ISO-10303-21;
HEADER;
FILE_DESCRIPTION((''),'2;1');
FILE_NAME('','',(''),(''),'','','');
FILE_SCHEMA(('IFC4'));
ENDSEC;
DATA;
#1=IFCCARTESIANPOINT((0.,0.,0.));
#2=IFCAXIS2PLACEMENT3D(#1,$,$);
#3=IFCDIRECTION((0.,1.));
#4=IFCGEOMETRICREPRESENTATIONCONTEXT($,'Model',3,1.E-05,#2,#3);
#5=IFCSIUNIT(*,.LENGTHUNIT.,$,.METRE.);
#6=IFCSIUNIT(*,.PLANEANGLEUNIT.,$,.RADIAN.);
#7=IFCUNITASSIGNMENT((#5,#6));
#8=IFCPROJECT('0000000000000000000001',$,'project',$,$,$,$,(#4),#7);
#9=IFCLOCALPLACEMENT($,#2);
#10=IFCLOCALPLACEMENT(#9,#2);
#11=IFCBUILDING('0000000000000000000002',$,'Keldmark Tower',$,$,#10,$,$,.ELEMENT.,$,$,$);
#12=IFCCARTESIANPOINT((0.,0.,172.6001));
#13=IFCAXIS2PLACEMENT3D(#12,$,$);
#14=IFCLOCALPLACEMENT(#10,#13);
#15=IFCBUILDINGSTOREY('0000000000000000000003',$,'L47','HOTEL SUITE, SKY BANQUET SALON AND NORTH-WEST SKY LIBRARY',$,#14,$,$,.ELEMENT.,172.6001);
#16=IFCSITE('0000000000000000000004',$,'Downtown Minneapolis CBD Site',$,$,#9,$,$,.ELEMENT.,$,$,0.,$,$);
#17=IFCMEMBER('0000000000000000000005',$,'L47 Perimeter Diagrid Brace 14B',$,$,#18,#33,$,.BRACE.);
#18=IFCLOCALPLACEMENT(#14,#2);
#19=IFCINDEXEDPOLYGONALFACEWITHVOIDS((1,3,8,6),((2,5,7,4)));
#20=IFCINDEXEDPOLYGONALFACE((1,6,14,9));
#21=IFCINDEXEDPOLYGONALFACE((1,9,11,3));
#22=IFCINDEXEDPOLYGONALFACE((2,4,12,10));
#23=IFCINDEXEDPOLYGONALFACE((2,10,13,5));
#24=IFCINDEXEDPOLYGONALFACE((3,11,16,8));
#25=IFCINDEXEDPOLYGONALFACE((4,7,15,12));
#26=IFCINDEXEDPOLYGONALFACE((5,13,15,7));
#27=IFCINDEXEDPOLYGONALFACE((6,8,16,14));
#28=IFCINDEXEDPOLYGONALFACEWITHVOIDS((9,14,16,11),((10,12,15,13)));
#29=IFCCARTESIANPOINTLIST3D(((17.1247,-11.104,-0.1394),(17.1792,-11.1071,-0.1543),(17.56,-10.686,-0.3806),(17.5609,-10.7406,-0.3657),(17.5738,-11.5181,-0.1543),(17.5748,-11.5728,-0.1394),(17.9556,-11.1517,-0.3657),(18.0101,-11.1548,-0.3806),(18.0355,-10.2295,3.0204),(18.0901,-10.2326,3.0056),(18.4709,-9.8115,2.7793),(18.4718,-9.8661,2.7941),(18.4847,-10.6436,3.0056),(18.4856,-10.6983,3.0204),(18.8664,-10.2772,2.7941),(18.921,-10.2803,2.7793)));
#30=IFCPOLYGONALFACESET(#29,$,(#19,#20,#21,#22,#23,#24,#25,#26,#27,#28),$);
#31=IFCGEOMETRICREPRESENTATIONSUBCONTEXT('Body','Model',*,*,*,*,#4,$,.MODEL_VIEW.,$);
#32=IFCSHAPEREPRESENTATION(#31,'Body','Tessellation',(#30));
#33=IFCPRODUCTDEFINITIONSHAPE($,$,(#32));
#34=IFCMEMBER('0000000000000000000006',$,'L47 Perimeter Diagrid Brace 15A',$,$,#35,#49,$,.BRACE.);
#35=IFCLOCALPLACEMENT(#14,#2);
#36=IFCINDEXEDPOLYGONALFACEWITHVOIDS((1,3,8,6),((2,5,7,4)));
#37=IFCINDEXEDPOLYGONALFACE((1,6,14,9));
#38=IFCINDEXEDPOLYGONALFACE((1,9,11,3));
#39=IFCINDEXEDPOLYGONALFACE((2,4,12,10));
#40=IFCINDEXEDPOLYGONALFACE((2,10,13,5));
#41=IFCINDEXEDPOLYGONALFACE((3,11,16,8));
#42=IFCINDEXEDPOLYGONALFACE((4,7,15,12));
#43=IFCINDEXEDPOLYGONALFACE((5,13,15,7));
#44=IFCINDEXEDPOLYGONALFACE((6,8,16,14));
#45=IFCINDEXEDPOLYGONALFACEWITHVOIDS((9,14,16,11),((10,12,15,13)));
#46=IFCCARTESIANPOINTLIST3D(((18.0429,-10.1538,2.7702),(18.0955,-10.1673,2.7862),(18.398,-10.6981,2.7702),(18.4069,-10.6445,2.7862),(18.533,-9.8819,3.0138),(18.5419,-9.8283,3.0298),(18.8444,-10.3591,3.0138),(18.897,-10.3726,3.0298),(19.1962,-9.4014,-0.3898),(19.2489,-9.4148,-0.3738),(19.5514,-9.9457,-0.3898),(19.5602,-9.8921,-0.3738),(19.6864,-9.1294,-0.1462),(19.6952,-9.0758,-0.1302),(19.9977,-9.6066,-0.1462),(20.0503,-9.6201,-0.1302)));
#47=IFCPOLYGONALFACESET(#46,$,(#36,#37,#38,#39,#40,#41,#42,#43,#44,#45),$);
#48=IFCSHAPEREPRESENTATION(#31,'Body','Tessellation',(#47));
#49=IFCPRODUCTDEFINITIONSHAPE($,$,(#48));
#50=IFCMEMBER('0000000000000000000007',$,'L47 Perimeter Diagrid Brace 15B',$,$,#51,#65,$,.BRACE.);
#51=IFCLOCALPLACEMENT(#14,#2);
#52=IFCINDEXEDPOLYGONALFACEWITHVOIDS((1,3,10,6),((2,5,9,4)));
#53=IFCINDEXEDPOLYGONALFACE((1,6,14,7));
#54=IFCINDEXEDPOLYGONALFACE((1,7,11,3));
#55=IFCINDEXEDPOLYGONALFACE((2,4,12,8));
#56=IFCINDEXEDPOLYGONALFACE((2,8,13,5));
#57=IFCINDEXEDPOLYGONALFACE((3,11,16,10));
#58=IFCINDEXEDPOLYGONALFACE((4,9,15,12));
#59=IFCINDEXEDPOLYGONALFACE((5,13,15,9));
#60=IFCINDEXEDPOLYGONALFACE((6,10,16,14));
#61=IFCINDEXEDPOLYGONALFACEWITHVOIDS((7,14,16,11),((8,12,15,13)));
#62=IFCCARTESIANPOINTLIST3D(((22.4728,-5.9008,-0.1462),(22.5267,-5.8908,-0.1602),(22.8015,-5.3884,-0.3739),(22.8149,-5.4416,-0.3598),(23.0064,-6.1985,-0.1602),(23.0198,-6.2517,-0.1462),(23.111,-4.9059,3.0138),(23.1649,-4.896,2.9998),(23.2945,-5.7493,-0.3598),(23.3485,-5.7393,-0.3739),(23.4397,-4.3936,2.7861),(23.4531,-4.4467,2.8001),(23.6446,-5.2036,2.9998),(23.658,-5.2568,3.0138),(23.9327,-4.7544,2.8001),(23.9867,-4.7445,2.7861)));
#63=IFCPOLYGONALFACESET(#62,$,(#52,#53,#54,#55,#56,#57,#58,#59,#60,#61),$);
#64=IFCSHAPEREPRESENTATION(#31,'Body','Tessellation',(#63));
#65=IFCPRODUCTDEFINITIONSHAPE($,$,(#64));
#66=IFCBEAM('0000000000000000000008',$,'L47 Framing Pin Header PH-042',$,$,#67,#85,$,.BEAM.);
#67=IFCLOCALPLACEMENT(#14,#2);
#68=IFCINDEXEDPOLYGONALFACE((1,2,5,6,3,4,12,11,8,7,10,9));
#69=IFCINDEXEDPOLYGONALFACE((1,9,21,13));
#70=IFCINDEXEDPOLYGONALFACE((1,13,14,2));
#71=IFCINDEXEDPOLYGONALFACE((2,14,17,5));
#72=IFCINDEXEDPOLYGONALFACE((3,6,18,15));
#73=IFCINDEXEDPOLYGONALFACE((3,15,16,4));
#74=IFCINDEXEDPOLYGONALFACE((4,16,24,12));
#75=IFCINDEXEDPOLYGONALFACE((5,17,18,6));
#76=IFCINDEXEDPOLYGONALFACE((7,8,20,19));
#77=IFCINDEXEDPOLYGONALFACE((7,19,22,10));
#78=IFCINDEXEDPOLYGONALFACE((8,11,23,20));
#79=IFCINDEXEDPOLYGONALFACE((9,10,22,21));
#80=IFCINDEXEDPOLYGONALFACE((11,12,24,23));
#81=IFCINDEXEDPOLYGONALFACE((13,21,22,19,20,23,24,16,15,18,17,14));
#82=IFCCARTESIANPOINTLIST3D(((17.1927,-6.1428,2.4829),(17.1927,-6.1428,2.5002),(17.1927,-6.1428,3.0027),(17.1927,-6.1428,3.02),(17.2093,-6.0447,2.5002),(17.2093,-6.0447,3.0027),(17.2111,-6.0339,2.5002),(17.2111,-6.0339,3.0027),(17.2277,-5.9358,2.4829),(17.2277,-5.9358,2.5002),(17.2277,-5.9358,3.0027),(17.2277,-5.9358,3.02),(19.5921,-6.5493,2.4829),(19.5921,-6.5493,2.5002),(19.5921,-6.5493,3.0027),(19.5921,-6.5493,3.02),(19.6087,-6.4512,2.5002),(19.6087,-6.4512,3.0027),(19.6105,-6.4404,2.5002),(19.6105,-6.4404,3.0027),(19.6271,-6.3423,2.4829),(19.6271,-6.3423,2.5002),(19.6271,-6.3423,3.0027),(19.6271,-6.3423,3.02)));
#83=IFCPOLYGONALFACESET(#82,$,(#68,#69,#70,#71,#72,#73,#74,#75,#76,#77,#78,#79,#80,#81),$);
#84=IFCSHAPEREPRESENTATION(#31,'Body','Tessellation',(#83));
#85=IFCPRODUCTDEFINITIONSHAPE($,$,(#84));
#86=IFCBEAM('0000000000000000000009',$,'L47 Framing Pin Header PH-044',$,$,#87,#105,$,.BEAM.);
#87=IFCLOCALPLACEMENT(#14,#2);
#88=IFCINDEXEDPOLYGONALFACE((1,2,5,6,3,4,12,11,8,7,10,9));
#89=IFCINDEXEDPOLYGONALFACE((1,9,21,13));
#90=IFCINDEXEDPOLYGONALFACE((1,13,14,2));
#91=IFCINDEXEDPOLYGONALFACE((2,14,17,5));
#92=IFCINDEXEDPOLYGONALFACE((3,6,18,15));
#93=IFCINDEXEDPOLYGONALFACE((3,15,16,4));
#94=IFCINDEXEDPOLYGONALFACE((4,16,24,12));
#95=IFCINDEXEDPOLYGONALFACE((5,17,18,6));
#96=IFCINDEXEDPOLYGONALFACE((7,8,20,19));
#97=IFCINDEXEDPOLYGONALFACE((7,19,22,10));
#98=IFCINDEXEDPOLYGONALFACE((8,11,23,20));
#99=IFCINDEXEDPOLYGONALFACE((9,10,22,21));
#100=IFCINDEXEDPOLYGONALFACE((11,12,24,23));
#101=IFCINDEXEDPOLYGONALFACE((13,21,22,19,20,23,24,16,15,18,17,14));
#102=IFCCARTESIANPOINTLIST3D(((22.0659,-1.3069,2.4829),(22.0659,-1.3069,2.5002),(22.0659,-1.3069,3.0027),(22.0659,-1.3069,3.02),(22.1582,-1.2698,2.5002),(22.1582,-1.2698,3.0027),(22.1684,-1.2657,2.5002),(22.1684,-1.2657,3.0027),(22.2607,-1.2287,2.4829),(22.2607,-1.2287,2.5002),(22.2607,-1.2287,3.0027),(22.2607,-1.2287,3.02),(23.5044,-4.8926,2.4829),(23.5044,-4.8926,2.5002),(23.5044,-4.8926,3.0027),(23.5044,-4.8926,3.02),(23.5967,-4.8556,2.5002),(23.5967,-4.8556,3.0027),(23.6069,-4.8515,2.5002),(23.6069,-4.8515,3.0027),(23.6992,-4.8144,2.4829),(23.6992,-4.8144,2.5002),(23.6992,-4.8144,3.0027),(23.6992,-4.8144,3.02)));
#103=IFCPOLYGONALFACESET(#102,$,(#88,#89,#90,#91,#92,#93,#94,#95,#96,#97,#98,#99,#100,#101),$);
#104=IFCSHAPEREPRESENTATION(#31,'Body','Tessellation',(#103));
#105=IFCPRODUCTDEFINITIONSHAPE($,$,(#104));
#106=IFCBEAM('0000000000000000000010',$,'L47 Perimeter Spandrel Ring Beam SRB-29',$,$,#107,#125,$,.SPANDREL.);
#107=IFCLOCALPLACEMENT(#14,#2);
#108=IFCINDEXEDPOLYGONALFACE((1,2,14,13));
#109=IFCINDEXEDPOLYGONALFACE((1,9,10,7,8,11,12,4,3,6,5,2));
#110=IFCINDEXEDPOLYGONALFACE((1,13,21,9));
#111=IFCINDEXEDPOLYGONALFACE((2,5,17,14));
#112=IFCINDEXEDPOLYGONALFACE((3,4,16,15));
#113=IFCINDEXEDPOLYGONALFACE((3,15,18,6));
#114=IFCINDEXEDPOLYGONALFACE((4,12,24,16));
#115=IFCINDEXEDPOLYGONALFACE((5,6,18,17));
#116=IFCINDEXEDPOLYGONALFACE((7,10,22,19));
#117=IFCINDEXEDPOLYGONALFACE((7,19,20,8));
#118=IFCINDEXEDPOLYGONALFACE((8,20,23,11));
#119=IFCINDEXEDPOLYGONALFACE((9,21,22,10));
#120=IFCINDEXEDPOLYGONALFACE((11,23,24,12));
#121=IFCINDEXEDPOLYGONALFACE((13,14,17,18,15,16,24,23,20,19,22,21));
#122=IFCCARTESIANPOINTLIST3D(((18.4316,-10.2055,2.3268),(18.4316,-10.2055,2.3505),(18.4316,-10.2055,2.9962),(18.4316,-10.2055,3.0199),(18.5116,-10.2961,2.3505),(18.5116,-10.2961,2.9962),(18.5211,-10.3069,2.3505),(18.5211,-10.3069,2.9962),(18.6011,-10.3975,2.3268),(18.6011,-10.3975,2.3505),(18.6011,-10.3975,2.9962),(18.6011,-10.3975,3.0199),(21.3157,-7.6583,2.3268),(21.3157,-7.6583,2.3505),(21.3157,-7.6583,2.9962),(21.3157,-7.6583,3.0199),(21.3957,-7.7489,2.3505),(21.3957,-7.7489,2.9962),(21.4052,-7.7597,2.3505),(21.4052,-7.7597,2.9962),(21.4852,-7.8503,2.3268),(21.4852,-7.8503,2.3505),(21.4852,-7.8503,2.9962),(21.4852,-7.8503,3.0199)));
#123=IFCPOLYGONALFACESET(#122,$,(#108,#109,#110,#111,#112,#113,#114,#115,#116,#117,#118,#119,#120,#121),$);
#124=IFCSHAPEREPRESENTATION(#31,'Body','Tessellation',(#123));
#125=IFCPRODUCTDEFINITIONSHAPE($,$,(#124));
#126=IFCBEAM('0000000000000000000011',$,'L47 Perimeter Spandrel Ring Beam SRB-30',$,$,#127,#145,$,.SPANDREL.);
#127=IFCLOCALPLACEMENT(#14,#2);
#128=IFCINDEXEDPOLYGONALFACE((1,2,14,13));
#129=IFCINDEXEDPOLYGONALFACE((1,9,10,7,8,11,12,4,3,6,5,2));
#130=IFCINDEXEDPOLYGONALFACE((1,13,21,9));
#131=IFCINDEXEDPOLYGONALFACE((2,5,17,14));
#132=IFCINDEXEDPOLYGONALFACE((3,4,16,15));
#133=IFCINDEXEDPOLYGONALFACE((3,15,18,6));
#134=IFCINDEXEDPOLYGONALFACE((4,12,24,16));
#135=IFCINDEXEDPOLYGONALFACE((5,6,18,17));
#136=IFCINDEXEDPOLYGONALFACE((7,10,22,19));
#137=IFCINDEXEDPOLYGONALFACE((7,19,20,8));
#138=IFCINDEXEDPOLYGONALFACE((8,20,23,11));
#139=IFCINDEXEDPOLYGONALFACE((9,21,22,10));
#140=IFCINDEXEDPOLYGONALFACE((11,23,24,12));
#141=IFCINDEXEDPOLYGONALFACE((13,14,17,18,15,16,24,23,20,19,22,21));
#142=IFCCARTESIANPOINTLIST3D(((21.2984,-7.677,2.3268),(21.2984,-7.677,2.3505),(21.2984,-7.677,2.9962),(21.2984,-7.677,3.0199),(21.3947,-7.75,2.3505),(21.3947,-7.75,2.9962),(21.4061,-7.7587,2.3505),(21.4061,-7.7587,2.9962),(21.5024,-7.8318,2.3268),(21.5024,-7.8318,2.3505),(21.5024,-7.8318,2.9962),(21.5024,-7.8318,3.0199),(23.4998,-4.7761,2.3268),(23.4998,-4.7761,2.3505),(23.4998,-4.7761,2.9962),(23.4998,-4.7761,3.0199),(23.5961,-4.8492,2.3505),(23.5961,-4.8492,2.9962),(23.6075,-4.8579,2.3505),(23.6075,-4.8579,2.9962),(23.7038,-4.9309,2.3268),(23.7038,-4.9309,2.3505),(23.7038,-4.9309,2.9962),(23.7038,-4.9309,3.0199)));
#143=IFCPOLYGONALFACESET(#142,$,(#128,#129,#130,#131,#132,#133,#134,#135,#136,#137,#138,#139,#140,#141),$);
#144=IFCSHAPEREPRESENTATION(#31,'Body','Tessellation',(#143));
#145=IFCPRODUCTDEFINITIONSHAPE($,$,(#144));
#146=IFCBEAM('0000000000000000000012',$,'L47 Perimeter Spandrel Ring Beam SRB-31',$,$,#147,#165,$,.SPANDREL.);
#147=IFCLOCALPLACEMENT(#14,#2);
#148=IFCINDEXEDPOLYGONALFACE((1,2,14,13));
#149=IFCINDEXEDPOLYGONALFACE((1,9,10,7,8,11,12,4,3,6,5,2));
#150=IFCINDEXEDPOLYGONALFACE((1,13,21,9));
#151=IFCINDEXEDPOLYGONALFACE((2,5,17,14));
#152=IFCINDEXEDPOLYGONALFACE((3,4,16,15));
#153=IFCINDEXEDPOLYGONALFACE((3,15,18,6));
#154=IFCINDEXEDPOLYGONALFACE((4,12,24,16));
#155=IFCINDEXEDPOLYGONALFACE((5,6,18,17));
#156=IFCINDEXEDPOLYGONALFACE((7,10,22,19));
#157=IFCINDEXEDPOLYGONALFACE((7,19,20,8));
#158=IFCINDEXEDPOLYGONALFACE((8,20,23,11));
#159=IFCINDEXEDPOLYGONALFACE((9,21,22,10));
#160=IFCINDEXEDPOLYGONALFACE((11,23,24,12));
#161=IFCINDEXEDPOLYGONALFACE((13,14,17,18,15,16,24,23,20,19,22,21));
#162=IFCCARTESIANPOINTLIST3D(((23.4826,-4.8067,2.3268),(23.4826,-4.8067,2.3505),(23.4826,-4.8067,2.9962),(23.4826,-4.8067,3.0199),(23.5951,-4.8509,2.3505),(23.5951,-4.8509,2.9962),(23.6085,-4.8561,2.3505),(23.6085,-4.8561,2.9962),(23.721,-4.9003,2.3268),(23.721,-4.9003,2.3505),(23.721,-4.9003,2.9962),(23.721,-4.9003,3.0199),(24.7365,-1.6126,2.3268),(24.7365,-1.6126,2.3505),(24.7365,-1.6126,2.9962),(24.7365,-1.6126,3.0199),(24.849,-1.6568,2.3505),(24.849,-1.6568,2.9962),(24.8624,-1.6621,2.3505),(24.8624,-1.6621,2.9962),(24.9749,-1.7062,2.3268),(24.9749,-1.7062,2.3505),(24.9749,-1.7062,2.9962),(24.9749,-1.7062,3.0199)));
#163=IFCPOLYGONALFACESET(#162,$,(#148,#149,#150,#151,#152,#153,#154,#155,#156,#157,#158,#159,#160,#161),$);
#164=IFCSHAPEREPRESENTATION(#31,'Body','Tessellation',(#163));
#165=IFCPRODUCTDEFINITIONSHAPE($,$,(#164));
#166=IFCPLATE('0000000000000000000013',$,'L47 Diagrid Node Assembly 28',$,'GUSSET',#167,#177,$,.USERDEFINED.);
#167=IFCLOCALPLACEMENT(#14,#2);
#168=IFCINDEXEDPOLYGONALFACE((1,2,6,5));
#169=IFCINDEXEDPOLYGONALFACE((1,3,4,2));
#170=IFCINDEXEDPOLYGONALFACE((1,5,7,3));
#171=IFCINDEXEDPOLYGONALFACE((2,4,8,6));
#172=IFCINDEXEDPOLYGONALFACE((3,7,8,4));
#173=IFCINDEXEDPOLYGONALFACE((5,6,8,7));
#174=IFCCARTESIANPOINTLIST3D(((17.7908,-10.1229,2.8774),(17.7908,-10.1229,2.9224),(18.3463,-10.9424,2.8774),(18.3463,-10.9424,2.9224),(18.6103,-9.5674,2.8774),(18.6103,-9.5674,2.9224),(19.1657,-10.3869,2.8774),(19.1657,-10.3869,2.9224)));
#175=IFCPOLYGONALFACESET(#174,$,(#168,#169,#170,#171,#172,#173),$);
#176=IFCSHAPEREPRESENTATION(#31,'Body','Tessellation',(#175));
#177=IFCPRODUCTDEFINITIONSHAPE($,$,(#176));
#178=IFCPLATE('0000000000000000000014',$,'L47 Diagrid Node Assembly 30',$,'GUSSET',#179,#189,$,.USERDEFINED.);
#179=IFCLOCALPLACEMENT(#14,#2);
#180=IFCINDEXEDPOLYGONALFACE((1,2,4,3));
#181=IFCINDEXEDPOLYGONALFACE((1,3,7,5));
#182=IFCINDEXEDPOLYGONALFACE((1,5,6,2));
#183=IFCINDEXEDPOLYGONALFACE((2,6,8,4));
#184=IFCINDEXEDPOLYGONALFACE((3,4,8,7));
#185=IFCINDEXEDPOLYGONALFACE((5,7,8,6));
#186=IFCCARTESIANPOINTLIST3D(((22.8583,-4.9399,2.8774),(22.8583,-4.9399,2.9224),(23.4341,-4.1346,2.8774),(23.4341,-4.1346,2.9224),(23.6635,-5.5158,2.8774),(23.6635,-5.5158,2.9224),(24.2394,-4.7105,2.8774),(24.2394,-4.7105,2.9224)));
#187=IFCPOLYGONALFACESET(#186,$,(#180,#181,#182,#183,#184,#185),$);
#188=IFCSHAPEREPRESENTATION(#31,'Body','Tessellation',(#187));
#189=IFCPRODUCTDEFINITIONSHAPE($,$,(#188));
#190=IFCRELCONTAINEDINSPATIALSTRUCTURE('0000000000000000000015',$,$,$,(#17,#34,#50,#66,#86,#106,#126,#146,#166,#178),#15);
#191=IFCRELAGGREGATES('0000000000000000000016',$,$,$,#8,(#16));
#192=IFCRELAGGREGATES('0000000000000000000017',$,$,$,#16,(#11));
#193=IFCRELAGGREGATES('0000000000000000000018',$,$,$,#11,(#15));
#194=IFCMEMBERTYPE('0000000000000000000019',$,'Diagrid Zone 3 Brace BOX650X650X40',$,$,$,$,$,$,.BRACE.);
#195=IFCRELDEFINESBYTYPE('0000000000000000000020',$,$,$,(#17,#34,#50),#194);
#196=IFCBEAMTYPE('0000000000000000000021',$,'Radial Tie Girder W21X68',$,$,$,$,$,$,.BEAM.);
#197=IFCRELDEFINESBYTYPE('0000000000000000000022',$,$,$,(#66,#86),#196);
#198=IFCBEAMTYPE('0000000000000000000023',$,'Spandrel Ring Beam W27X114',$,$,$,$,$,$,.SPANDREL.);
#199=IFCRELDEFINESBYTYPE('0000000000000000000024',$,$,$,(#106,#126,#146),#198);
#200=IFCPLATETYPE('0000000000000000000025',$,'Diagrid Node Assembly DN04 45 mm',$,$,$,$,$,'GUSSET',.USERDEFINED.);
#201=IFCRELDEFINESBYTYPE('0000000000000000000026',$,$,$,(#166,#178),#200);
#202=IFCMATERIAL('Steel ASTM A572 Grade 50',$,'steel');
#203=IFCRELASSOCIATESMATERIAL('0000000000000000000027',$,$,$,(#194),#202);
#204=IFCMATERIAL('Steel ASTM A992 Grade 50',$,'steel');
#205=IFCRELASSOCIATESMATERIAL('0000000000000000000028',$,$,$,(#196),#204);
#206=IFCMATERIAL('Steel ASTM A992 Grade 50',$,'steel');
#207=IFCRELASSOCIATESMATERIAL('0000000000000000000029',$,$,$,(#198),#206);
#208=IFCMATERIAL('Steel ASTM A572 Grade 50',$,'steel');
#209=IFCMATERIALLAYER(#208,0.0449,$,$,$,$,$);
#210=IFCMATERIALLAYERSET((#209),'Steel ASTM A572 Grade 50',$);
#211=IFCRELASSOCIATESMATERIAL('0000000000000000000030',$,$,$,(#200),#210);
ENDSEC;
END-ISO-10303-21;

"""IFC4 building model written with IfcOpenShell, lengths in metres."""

from ifc_helpers import new_model, si_unit, direction, frame, origin, origin_2d, place, context, subcontext, project, spatial, rectangle, hollow_rectangle, i_section, extrude, material, layer, layer_set, material_profile, profile_set, type_object, element, save


model = new_model("IFC4")

# Units and contexts
model_context = context("Model", 3, precision=1e-05, world=origin(), true_north=direction((0.0, 1.0)))
body_context = subcontext(model_context, "Body", "Model", "MODEL_VIEW")
ifc_project = project(units=[si_unit("LENGTHUNIT", "METRE"), si_unit("PLANEANGLEUNIT", "RADIAN")], contexts=[model_context])

# Site, building, storey
site_placement = place(None, origin())
site = spatial("IfcSite", under=ifc_project, at=site_placement, Name="Downtown Minneapolis CBD Site", CompositionType="ELEMENT", RefElevation=0.0)
building_placement = place(site_placement, origin())
building = spatial("IfcBuilding", under=site, at=building_placement, Name="Keldmark Tower", CompositionType="ELEMENT")
storey_placement = place(building_placement, frame((0.0, 0.0, 172.6001)))
storey = spatial("IfcBuildingStorey", under=building, at=storey_placement, Name="L47", Description="HOTEL SUITE, SKY BANQUET SALON AND NORTH-WEST SKY LIBRARY", CompositionType="ELEMENT", Elevation=172.6001)

# Members
ifc_material_1 = material(Name="Steel ASTM A572 Grade 50", Category="steel")
ifc_material_profile_1 = material_profile(ifc_material_1, hollow_rectangle(XDim=0.6499, YDim=0.6499, WallThickness=0.04, at=origin_2d()), Name="BOX650X650X40")
ifc_profile_set_1 = profile_set([ifc_material_profile_1], Name="Steel ASTM A572 Grade 50")
member_type = type_object("IfcMemberType", Name="Diagrid Zone 3 Brace BOX650X650X40", PredefinedType="BRACE", material=ifc_profile_set_1)
member_1_placement = place(storey_placement, frame((17.5674, -11.1294, -0.26), z_axis=(0.267682, 0.256992, 0.928602), x_axis=(-0.692556, 0.721364, 0.0)))
element("IfcMember", 1, at=member_1_placement, inside=storey, type_object=member_type, Name="L47 Perimeter Diagrid Brace 14B", PredefinedType="BRACE", context=body_context, shape_type="SweptSolid", body=[
    extrude(hollow_rectangle(XDim=0.6499, YDim=0.6499, WallThickness=0.04, at=origin_2d()), origin(), (0.0, 0.0, 1.0), 3.4028),
])
member_2_placement = place(storey_placement, frame((19.6233, -9.5107, -0.26), z_axis=(-0.334593, -0.218293, 0.916731), x_axis=(0.546408, -0.837519, 0.0)))
element("IfcMember", 2, at=member_2_placement, inside=storey, type_object=member_type, Name="L47 Perimeter Diagrid Brace 15A", PredefinedType="BRACE", context=body_context, shape_type="SweptSolid", body=[
    extrude(hollow_rectangle(XDim=0.6499, YDim=0.6499, WallThickness=0.04, at=origin_2d()), origin(), (0.0, 0.0, 1.0), 3.447),
])
member_3_placement = place(storey_placement, frame((22.9106, -5.8201, -0.26), z_axis=(0.189162, 0.294888, 0.936621), x_axis=(-0.841708, 0.539933, 0.0)))
element("IfcMember", 3, at=member_3_placement, inside=storey, type_object=member_type, Name="L47 Perimeter Diagrid Brace 15B", PredefinedType="BRACE", context=body_context, shape_type="SweptSolid", body=[
    extrude(hollow_rectangle(XDim=0.6499, YDim=0.6499, WallThickness=0.04, at=origin_2d()), origin(), (0.0, 0.0, 1.0), 3.3738),
])

# Beams
ifc_material_2 = material(Name="Steel ASTM A992 Grade 50", Category="steel")
ifc_material_profile_2 = material_profile(ifc_material_2, i_section(OverallWidth=0.21, OverallDepth=0.5371, WebThickness=0.011, FlangeThickness=0.0173, at=origin_2d()), Name="W21X68")
ifc_profile_set_2 = profile_set([ifc_material_profile_2], Name="Steel ASTM A992 Grade 50")
beam_type_1 = type_object("IfcBeamType", Name="Radial Tie Girder W21X68", PredefinedType="BEAM", material=ifc_profile_set_2)
beam_1_placement = place(storey_placement, frame((17.2102, -6.0393, 2.7515), z_axis=(0.985951, -0.167034, 0.0), x_axis=(0.167034, 0.985951, 0.0)))
element("IfcBeam", 4, at=beam_1_placement, inside=storey, type_object=beam_type_1, Name="L47 Framing Pin Header PH-042", PredefinedType="BEAM", context=body_context, shape_type="SweptSolid", body=[
    extrude(i_section(OverallWidth=0.21, OverallDepth=0.5371, WebThickness=0.011, FlangeThickness=0.0173, at=origin_2d()), origin(), (0.0, 0.0, 1.0), 2.4336),
])
beam_2_placement = place(storey_placement, frame((23.6018, -4.8535, 2.7515), z_axis=(-0.372327, 0.928101, 0.0), x_axis=(-0.928101, -0.372327, 0.0)))
element("IfcBeam", 5, at=beam_2_placement, inside=storey, type_object=beam_type_1, Name="L47 Framing Pin Header PH-044", PredefinedType="BEAM", context=body_context, shape_type="SweptSolid", body=[
    extrude(i_section(OverallWidth=0.21, OverallDepth=0.5371, WebThickness=0.011, FlangeThickness=0.0173, at=origin_2d()), origin(), (0.0, 0.0, 1.0), 3.8635),
])
ifc_material_3 = material(Name="Steel ASTM A992 Grade 50", Category="steel")
ifc_material_profile_3 = material_profile(ifc_material_3, i_section(OverallWidth=0.2561, OverallDepth=0.6931, WebThickness=0.0144, FlangeThickness=0.0237, at=origin_2d()), Name="W27X114")
ifc_profile_set_3 = profile_set([ifc_material_profile_3], Name="Steel ASTM A992 Grade 50")
beam_type_2 = type_object("IfcBeamType", Name="Spandrel Ring Beam W27X114", PredefinedType="SPANDREL", material=ifc_profile_set_3)
beam_3_placement = place(storey_placement, frame((18.5164, -10.3015, 2.6733), z_axis=(0.74953, 0.66197, 0.0), x_axis=(-0.66197, 0.74953, 0.0)))
element("IfcBeam", 6, at=beam_3_placement, inside=storey, type_object=beam_type_2, Name="L47 Perimeter Spandrel Ring Beam SRB-29", PredefinedType="SPANDREL", context=body_context, shape_type="SweptSolid", body=[
    extrude(i_section(OverallWidth=0.2561, OverallDepth=0.6931, WebThickness=0.0144, FlangeThickness=0.0237, at=origin_2d()), origin(), (0.0, 0.0, 1.0), 3.8479),
])
beam_4_placement = place(storey_placement, frame((21.4004, -7.7544, 2.6733), z_axis=(0.604517, 0.796592, 0.0), x_axis=(-0.796592, 0.604517, 0.0)))
element("IfcBeam", 7, at=beam_4_placement, inside=storey, type_object=beam_type_2, Name="L47 Perimeter Spandrel Ring Beam SRB-30", PredefinedType="SPANDREL", context=body_context, shape_type="SweptSolid", body=[
    extrude(i_section(OverallWidth=0.2561, OverallDepth=0.6931, WebThickness=0.0144, FlangeThickness=0.0237, at=origin_2d()), origin(), (0.0, 0.0, 1.0), 3.6416),
])
beam_5_placement = place(storey_placement, frame((23.6018, -4.8535, 2.6733), z_axis=(0.365421, 0.930842, 0.0), x_axis=(-0.930842, 0.365421, 0.0)))
element("IfcBeam", 8, at=beam_5_placement, inside=storey, type_object=beam_type_2, Name="L47 Perimeter Spandrel Ring Beam SRB-31", PredefinedType="SPANDREL", context=body_context, shape_type="SweptSolid", body=[
    extrude(i_section(OverallWidth=0.2561, OverallDepth=0.6931, WebThickness=0.0144, FlangeThickness=0.0237, at=origin_2d()), origin(), (0.0, 0.0, 1.0), 3.4314),
])

# Plates
ifc_material_4 = material(Name="Steel ASTM A572 Grade 50", Category="steel")
ifc_layer_1 = layer(ifc_material_4, 0.0449)
ifc_layer_set_1 = layer_set([ifc_layer_1], Name="Steel ASTM A572 Grade 50")
plate_type = type_object("IfcPlateType", Name="Diagrid Node Assembly DN04 45 mm", ElementType="GUSSET", PredefinedType="USERDEFINED", material=ifc_layer_set_1)
for number, where, z_axis, x_axis, name in (
    (9, (18.4783, -10.2549, 2.8774), (0.0, 0.0, 1.0), (0.827767, 0.561072, 0.0), "L47 Diagrid Node Assembly 28"),
    (10, (23.5488, -4.8252, 2.8774), (0.0, 0.0, 1.0), (0.581697, 0.813405, 0.0), "L47 Diagrid Node Assembly 30"),
):
    element("IfcPlate", number, at=place(storey_placement, frame(where, z_axis=z_axis, x_axis=x_axis)), inside=storey, type_object=plate_type, Name=name, ObjectType="GUSSET", PredefinedType="USERDEFINED", context=body_context, shape_type="SweptSolid", body=[
        extrude(rectangle(XDim=0.99, YDim=0.99, at=origin_2d()), origin(), (0.0, 0.0, 1.0), 0.0449),
    ])

save(model, "model.ifc")
